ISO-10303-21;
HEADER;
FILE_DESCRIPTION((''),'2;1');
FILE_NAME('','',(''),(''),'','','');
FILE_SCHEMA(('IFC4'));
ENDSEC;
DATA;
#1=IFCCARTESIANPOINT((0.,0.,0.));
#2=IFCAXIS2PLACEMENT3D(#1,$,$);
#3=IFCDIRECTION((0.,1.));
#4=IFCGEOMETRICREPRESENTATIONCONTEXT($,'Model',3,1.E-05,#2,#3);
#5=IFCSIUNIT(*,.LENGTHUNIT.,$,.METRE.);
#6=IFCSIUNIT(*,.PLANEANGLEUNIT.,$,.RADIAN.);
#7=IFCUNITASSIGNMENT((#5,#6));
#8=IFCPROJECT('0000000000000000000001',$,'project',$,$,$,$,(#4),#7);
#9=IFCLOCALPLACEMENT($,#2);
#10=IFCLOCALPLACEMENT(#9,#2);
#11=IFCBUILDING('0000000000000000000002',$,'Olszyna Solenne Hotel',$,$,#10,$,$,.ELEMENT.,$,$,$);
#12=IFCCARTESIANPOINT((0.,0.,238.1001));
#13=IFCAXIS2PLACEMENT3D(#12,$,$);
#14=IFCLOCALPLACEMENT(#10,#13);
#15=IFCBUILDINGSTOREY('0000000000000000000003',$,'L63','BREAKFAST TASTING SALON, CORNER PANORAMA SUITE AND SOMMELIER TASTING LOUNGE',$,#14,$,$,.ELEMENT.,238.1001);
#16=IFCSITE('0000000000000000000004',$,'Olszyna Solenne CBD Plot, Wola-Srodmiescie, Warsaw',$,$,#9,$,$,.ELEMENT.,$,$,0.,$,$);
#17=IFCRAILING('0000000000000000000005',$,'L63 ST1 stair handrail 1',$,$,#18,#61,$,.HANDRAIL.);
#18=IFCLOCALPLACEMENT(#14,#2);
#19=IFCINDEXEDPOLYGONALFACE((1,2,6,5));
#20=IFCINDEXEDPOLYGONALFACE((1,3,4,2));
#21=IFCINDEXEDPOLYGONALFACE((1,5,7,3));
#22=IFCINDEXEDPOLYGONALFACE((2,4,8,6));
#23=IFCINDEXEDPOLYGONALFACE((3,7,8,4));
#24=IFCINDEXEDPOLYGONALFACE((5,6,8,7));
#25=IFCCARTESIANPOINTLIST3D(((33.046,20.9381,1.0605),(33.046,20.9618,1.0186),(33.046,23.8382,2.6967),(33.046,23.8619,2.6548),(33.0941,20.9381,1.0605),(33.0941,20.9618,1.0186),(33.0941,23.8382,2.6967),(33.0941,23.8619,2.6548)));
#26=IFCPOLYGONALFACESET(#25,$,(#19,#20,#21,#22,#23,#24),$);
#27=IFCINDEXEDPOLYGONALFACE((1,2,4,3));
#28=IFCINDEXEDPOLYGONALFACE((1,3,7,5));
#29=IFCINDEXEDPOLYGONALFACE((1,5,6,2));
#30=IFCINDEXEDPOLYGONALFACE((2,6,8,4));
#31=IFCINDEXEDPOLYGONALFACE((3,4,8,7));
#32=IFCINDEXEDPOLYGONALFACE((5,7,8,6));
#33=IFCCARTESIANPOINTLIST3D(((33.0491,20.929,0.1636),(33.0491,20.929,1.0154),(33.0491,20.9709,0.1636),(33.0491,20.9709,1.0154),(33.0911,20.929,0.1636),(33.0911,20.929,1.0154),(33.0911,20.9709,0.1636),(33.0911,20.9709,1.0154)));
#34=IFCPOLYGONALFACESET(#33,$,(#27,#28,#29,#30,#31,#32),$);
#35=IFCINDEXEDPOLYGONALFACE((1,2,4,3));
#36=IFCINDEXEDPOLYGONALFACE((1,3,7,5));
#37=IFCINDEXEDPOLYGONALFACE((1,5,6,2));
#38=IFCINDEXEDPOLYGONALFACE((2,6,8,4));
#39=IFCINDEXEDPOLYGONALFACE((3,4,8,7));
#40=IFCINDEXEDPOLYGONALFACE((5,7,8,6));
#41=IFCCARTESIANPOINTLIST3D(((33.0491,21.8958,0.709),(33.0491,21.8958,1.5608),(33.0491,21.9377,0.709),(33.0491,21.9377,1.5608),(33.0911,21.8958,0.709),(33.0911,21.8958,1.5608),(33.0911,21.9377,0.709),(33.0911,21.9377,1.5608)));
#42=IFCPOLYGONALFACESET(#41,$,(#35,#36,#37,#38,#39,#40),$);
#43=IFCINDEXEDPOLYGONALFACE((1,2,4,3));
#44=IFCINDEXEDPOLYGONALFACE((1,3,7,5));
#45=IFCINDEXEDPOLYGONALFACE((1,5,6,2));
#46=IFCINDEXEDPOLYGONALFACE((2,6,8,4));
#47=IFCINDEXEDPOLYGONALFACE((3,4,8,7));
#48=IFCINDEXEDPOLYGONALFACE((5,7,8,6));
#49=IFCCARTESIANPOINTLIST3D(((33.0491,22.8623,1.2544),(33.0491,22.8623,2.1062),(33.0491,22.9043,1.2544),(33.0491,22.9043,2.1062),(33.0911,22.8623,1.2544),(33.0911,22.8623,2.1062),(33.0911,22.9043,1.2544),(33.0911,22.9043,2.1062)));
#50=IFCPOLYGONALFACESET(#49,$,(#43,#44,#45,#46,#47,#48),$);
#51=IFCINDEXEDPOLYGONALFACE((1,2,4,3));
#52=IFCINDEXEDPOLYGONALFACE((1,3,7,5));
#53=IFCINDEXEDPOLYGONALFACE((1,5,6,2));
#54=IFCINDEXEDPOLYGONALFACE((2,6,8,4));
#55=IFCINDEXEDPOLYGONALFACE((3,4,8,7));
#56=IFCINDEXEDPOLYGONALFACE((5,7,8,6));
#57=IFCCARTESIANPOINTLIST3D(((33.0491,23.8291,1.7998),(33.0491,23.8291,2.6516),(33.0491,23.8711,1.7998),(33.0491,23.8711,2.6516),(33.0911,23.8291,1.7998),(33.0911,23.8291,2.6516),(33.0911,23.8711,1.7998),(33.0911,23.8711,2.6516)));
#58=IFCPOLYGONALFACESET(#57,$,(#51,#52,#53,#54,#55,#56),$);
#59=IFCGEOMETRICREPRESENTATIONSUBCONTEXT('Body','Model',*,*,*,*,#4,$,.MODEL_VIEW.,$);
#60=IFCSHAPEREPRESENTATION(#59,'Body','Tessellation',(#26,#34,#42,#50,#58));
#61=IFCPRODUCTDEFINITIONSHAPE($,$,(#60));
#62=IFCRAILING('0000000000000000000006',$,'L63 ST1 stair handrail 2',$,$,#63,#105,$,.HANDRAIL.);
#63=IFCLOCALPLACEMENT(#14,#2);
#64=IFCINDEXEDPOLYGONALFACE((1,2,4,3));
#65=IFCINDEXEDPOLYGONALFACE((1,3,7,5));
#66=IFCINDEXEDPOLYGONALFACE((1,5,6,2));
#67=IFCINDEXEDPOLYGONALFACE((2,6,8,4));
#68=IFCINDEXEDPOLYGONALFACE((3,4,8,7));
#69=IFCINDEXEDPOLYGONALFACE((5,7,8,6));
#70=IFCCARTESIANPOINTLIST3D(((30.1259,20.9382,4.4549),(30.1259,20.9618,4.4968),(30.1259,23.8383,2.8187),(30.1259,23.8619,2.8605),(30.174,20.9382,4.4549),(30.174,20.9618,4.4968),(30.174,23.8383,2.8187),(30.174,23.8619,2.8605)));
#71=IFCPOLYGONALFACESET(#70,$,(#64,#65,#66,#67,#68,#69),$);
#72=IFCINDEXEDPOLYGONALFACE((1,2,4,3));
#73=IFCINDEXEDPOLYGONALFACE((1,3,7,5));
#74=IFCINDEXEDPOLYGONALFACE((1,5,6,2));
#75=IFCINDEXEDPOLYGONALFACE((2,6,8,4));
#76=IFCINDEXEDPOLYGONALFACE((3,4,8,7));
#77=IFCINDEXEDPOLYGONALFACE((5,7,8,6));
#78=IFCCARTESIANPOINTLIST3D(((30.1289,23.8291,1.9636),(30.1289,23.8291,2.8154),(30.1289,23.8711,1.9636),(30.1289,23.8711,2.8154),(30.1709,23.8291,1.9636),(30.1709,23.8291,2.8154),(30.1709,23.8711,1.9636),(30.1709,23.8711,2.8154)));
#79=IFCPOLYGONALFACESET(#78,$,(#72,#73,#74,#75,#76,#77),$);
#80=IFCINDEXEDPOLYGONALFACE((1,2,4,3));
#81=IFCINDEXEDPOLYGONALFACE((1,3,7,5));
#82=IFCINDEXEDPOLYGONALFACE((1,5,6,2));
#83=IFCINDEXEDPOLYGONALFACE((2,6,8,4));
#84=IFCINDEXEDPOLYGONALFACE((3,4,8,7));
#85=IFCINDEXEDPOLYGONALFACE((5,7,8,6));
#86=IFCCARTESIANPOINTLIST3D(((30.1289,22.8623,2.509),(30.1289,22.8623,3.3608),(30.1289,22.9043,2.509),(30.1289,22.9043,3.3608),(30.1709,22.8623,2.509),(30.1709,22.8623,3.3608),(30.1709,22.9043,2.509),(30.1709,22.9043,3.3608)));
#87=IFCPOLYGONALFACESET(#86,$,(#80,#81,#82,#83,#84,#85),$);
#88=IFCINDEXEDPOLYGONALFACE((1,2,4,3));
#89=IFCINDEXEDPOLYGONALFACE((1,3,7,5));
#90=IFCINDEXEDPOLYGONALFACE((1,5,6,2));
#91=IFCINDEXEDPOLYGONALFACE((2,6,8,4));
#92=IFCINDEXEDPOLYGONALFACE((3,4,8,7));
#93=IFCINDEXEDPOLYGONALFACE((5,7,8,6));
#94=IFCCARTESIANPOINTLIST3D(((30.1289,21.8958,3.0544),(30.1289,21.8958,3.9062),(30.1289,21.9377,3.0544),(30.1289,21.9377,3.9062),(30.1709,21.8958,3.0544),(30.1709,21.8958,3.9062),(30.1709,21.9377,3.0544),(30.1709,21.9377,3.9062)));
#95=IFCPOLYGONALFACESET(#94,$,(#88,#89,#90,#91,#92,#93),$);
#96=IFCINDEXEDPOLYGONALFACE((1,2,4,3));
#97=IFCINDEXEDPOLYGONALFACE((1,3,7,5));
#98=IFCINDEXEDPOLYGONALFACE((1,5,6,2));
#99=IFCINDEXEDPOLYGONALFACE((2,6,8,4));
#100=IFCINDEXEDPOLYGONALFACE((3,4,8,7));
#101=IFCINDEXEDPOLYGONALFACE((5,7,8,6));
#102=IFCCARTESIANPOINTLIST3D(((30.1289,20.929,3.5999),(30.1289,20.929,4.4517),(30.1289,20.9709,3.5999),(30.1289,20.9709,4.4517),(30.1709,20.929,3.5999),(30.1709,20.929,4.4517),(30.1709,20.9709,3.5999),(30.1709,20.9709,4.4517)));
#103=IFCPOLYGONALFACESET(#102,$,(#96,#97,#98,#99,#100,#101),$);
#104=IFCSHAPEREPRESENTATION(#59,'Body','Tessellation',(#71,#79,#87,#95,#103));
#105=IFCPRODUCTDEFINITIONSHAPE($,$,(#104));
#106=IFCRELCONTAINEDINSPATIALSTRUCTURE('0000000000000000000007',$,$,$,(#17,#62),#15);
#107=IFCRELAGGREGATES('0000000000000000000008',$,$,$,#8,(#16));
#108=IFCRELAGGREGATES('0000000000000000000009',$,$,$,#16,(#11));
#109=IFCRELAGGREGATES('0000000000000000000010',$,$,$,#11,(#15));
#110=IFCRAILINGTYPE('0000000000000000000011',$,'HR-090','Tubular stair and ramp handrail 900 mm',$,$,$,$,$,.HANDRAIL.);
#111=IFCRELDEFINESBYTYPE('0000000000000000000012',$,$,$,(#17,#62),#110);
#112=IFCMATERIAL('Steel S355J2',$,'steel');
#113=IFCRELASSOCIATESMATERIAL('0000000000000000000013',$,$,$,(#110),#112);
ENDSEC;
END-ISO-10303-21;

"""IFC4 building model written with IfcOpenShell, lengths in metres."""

from ifc_helpers import new_model, si_unit, direction, frame, origin, origin_2d, place, context, subcontext, project, spatial, rectangle, extrude, material, type_object, element, save


model = new_model("IFC4")

# Units and contexts
model_context = context("Model", 3, precision=1e-05, world=origin(), true_north=direction((0.0, 1.0)))
body_context = subcontext(model_context, "Body", "Model", "MODEL_VIEW")
ifc_project = project(units=[si_unit("LENGTHUNIT", "METRE"), si_unit("PLANEANGLEUNIT", "RADIAN")], contexts=[model_context])

# Site, building, storey
site_placement = place(None, origin())
site = spatial("IfcSite", under=ifc_project, at=site_placement, Name="Olszyna Solenne CBD Plot, Wola-Srodmiescie, Warsaw", CompositionType="ELEMENT", RefElevation=0.0)
building_placement = place(site_placement, origin())
building = spatial("IfcBuilding", under=site, at=building_placement, Name="Olszyna Solenne Hotel", CompositionType="ELEMENT")
storey_placement = place(building_placement, frame((0.0, 0.0, 238.1001)))
storey = spatial("IfcBuildingStorey", under=building, at=storey_placement, Name="L63", Description="BREAKFAST TASTING SALON, CORNER PANORAMA SUITE AND SOMMELIER TASTING LOUNGE", CompositionType="ELEMENT", Elevation=238.1001)

# Shared definitions
ifc_material_1 = material(Name="Steel S355J2", Category="steel")

# Railings
railing_type_1 = type_object("IfcRailingType", Name="HR-090", Description="Tubular stair and ramp handrail 900 mm", PredefinedType="HANDRAIL", material=ifc_material_1)
railing_1_placement = place(storey_placement, frame((33.0701, 20.95, 0.1636)))
element("IfcRailing", 1, at=railing_1_placement, inside=storey, type_object=railing_type_1, Name="L63 ST1 stair handrail 1", PredefinedType="HANDRAIL", context=body_context, shape_type="SweptSolid", body=[
    extrude(rectangle(XDim=0.0481, YDim=0.0481, at=origin_2d()), frame((0.0, 0.0, 0.876), z_axis=(0.0, 0.870946, 0.491378), x_axis=(-1.0, 0.0, 0.0)), (0.0, 0.0, 1.0), 3.3298),
    extrude(rectangle(XDim=0.042, YDim=0.042, at=origin_2d()), origin(), (0.0, 0.0, 1.0), 0.8518),
    extrude(rectangle(XDim=0.042, YDim=0.042, at=origin_2d()), frame((0.0, 0.9668, 0.5454)), (0.0, 0.0, 1.0), 0.8518),
    extrude(rectangle(XDim=0.042, YDim=0.042, at=origin_2d()), frame((0.0, 1.9333, 1.0908)), (0.0, 0.0, 1.0), 0.8518),
    extrude(rectangle(XDim=0.042, YDim=0.042, at=origin_2d()), frame((0.0, 2.9001, 1.6362)), (0.0, 0.0, 1.0), 0.8518),
])
railing_2_placement = place(storey_placement, frame((30.1499, 23.8501, 1.9636)))
element("IfcRailing", 2, at=railing_2_placement, inside=storey, type_object=railing_type_1, Name="L63 ST1 stair handrail 2", PredefinedType="HANDRAIL", context=body_context, shape_type="SweptSolid", body=[
    extrude(rectangle(XDim=0.0481, YDim=0.0481, at=origin_2d()), frame((0.0, 0.0, 0.876), z_axis=(0.0, -0.870946, 0.491378), x_axis=(1.0, 0.0, 0.0)), (0.0, 0.0, 1.0), 3.3298),
    extrude(rectangle(XDim=0.042, YDim=0.042, at=origin_2d()), origin(), (0.0, 0.0, 1.0), 0.8518),
    extrude(rectangle(XDim=0.042, YDim=0.042, at=origin_2d()), frame((0.0, -0.9668, 0.5454)), (0.0, 0.0, 1.0), 0.8518),
    extrude(rectangle(XDim=0.042, YDim=0.042, at=origin_2d()), frame((0.0, -1.9333, 1.0908)), (0.0, 0.0, 1.0), 0.8518),
    extrude(rectangle(XDim=0.042, YDim=0.042, at=origin_2d()), frame((0.0, -2.9001, 1.6362)), (0.0, 0.0, 1.0), 0.8518),
])

save(model, "model.ifc")
